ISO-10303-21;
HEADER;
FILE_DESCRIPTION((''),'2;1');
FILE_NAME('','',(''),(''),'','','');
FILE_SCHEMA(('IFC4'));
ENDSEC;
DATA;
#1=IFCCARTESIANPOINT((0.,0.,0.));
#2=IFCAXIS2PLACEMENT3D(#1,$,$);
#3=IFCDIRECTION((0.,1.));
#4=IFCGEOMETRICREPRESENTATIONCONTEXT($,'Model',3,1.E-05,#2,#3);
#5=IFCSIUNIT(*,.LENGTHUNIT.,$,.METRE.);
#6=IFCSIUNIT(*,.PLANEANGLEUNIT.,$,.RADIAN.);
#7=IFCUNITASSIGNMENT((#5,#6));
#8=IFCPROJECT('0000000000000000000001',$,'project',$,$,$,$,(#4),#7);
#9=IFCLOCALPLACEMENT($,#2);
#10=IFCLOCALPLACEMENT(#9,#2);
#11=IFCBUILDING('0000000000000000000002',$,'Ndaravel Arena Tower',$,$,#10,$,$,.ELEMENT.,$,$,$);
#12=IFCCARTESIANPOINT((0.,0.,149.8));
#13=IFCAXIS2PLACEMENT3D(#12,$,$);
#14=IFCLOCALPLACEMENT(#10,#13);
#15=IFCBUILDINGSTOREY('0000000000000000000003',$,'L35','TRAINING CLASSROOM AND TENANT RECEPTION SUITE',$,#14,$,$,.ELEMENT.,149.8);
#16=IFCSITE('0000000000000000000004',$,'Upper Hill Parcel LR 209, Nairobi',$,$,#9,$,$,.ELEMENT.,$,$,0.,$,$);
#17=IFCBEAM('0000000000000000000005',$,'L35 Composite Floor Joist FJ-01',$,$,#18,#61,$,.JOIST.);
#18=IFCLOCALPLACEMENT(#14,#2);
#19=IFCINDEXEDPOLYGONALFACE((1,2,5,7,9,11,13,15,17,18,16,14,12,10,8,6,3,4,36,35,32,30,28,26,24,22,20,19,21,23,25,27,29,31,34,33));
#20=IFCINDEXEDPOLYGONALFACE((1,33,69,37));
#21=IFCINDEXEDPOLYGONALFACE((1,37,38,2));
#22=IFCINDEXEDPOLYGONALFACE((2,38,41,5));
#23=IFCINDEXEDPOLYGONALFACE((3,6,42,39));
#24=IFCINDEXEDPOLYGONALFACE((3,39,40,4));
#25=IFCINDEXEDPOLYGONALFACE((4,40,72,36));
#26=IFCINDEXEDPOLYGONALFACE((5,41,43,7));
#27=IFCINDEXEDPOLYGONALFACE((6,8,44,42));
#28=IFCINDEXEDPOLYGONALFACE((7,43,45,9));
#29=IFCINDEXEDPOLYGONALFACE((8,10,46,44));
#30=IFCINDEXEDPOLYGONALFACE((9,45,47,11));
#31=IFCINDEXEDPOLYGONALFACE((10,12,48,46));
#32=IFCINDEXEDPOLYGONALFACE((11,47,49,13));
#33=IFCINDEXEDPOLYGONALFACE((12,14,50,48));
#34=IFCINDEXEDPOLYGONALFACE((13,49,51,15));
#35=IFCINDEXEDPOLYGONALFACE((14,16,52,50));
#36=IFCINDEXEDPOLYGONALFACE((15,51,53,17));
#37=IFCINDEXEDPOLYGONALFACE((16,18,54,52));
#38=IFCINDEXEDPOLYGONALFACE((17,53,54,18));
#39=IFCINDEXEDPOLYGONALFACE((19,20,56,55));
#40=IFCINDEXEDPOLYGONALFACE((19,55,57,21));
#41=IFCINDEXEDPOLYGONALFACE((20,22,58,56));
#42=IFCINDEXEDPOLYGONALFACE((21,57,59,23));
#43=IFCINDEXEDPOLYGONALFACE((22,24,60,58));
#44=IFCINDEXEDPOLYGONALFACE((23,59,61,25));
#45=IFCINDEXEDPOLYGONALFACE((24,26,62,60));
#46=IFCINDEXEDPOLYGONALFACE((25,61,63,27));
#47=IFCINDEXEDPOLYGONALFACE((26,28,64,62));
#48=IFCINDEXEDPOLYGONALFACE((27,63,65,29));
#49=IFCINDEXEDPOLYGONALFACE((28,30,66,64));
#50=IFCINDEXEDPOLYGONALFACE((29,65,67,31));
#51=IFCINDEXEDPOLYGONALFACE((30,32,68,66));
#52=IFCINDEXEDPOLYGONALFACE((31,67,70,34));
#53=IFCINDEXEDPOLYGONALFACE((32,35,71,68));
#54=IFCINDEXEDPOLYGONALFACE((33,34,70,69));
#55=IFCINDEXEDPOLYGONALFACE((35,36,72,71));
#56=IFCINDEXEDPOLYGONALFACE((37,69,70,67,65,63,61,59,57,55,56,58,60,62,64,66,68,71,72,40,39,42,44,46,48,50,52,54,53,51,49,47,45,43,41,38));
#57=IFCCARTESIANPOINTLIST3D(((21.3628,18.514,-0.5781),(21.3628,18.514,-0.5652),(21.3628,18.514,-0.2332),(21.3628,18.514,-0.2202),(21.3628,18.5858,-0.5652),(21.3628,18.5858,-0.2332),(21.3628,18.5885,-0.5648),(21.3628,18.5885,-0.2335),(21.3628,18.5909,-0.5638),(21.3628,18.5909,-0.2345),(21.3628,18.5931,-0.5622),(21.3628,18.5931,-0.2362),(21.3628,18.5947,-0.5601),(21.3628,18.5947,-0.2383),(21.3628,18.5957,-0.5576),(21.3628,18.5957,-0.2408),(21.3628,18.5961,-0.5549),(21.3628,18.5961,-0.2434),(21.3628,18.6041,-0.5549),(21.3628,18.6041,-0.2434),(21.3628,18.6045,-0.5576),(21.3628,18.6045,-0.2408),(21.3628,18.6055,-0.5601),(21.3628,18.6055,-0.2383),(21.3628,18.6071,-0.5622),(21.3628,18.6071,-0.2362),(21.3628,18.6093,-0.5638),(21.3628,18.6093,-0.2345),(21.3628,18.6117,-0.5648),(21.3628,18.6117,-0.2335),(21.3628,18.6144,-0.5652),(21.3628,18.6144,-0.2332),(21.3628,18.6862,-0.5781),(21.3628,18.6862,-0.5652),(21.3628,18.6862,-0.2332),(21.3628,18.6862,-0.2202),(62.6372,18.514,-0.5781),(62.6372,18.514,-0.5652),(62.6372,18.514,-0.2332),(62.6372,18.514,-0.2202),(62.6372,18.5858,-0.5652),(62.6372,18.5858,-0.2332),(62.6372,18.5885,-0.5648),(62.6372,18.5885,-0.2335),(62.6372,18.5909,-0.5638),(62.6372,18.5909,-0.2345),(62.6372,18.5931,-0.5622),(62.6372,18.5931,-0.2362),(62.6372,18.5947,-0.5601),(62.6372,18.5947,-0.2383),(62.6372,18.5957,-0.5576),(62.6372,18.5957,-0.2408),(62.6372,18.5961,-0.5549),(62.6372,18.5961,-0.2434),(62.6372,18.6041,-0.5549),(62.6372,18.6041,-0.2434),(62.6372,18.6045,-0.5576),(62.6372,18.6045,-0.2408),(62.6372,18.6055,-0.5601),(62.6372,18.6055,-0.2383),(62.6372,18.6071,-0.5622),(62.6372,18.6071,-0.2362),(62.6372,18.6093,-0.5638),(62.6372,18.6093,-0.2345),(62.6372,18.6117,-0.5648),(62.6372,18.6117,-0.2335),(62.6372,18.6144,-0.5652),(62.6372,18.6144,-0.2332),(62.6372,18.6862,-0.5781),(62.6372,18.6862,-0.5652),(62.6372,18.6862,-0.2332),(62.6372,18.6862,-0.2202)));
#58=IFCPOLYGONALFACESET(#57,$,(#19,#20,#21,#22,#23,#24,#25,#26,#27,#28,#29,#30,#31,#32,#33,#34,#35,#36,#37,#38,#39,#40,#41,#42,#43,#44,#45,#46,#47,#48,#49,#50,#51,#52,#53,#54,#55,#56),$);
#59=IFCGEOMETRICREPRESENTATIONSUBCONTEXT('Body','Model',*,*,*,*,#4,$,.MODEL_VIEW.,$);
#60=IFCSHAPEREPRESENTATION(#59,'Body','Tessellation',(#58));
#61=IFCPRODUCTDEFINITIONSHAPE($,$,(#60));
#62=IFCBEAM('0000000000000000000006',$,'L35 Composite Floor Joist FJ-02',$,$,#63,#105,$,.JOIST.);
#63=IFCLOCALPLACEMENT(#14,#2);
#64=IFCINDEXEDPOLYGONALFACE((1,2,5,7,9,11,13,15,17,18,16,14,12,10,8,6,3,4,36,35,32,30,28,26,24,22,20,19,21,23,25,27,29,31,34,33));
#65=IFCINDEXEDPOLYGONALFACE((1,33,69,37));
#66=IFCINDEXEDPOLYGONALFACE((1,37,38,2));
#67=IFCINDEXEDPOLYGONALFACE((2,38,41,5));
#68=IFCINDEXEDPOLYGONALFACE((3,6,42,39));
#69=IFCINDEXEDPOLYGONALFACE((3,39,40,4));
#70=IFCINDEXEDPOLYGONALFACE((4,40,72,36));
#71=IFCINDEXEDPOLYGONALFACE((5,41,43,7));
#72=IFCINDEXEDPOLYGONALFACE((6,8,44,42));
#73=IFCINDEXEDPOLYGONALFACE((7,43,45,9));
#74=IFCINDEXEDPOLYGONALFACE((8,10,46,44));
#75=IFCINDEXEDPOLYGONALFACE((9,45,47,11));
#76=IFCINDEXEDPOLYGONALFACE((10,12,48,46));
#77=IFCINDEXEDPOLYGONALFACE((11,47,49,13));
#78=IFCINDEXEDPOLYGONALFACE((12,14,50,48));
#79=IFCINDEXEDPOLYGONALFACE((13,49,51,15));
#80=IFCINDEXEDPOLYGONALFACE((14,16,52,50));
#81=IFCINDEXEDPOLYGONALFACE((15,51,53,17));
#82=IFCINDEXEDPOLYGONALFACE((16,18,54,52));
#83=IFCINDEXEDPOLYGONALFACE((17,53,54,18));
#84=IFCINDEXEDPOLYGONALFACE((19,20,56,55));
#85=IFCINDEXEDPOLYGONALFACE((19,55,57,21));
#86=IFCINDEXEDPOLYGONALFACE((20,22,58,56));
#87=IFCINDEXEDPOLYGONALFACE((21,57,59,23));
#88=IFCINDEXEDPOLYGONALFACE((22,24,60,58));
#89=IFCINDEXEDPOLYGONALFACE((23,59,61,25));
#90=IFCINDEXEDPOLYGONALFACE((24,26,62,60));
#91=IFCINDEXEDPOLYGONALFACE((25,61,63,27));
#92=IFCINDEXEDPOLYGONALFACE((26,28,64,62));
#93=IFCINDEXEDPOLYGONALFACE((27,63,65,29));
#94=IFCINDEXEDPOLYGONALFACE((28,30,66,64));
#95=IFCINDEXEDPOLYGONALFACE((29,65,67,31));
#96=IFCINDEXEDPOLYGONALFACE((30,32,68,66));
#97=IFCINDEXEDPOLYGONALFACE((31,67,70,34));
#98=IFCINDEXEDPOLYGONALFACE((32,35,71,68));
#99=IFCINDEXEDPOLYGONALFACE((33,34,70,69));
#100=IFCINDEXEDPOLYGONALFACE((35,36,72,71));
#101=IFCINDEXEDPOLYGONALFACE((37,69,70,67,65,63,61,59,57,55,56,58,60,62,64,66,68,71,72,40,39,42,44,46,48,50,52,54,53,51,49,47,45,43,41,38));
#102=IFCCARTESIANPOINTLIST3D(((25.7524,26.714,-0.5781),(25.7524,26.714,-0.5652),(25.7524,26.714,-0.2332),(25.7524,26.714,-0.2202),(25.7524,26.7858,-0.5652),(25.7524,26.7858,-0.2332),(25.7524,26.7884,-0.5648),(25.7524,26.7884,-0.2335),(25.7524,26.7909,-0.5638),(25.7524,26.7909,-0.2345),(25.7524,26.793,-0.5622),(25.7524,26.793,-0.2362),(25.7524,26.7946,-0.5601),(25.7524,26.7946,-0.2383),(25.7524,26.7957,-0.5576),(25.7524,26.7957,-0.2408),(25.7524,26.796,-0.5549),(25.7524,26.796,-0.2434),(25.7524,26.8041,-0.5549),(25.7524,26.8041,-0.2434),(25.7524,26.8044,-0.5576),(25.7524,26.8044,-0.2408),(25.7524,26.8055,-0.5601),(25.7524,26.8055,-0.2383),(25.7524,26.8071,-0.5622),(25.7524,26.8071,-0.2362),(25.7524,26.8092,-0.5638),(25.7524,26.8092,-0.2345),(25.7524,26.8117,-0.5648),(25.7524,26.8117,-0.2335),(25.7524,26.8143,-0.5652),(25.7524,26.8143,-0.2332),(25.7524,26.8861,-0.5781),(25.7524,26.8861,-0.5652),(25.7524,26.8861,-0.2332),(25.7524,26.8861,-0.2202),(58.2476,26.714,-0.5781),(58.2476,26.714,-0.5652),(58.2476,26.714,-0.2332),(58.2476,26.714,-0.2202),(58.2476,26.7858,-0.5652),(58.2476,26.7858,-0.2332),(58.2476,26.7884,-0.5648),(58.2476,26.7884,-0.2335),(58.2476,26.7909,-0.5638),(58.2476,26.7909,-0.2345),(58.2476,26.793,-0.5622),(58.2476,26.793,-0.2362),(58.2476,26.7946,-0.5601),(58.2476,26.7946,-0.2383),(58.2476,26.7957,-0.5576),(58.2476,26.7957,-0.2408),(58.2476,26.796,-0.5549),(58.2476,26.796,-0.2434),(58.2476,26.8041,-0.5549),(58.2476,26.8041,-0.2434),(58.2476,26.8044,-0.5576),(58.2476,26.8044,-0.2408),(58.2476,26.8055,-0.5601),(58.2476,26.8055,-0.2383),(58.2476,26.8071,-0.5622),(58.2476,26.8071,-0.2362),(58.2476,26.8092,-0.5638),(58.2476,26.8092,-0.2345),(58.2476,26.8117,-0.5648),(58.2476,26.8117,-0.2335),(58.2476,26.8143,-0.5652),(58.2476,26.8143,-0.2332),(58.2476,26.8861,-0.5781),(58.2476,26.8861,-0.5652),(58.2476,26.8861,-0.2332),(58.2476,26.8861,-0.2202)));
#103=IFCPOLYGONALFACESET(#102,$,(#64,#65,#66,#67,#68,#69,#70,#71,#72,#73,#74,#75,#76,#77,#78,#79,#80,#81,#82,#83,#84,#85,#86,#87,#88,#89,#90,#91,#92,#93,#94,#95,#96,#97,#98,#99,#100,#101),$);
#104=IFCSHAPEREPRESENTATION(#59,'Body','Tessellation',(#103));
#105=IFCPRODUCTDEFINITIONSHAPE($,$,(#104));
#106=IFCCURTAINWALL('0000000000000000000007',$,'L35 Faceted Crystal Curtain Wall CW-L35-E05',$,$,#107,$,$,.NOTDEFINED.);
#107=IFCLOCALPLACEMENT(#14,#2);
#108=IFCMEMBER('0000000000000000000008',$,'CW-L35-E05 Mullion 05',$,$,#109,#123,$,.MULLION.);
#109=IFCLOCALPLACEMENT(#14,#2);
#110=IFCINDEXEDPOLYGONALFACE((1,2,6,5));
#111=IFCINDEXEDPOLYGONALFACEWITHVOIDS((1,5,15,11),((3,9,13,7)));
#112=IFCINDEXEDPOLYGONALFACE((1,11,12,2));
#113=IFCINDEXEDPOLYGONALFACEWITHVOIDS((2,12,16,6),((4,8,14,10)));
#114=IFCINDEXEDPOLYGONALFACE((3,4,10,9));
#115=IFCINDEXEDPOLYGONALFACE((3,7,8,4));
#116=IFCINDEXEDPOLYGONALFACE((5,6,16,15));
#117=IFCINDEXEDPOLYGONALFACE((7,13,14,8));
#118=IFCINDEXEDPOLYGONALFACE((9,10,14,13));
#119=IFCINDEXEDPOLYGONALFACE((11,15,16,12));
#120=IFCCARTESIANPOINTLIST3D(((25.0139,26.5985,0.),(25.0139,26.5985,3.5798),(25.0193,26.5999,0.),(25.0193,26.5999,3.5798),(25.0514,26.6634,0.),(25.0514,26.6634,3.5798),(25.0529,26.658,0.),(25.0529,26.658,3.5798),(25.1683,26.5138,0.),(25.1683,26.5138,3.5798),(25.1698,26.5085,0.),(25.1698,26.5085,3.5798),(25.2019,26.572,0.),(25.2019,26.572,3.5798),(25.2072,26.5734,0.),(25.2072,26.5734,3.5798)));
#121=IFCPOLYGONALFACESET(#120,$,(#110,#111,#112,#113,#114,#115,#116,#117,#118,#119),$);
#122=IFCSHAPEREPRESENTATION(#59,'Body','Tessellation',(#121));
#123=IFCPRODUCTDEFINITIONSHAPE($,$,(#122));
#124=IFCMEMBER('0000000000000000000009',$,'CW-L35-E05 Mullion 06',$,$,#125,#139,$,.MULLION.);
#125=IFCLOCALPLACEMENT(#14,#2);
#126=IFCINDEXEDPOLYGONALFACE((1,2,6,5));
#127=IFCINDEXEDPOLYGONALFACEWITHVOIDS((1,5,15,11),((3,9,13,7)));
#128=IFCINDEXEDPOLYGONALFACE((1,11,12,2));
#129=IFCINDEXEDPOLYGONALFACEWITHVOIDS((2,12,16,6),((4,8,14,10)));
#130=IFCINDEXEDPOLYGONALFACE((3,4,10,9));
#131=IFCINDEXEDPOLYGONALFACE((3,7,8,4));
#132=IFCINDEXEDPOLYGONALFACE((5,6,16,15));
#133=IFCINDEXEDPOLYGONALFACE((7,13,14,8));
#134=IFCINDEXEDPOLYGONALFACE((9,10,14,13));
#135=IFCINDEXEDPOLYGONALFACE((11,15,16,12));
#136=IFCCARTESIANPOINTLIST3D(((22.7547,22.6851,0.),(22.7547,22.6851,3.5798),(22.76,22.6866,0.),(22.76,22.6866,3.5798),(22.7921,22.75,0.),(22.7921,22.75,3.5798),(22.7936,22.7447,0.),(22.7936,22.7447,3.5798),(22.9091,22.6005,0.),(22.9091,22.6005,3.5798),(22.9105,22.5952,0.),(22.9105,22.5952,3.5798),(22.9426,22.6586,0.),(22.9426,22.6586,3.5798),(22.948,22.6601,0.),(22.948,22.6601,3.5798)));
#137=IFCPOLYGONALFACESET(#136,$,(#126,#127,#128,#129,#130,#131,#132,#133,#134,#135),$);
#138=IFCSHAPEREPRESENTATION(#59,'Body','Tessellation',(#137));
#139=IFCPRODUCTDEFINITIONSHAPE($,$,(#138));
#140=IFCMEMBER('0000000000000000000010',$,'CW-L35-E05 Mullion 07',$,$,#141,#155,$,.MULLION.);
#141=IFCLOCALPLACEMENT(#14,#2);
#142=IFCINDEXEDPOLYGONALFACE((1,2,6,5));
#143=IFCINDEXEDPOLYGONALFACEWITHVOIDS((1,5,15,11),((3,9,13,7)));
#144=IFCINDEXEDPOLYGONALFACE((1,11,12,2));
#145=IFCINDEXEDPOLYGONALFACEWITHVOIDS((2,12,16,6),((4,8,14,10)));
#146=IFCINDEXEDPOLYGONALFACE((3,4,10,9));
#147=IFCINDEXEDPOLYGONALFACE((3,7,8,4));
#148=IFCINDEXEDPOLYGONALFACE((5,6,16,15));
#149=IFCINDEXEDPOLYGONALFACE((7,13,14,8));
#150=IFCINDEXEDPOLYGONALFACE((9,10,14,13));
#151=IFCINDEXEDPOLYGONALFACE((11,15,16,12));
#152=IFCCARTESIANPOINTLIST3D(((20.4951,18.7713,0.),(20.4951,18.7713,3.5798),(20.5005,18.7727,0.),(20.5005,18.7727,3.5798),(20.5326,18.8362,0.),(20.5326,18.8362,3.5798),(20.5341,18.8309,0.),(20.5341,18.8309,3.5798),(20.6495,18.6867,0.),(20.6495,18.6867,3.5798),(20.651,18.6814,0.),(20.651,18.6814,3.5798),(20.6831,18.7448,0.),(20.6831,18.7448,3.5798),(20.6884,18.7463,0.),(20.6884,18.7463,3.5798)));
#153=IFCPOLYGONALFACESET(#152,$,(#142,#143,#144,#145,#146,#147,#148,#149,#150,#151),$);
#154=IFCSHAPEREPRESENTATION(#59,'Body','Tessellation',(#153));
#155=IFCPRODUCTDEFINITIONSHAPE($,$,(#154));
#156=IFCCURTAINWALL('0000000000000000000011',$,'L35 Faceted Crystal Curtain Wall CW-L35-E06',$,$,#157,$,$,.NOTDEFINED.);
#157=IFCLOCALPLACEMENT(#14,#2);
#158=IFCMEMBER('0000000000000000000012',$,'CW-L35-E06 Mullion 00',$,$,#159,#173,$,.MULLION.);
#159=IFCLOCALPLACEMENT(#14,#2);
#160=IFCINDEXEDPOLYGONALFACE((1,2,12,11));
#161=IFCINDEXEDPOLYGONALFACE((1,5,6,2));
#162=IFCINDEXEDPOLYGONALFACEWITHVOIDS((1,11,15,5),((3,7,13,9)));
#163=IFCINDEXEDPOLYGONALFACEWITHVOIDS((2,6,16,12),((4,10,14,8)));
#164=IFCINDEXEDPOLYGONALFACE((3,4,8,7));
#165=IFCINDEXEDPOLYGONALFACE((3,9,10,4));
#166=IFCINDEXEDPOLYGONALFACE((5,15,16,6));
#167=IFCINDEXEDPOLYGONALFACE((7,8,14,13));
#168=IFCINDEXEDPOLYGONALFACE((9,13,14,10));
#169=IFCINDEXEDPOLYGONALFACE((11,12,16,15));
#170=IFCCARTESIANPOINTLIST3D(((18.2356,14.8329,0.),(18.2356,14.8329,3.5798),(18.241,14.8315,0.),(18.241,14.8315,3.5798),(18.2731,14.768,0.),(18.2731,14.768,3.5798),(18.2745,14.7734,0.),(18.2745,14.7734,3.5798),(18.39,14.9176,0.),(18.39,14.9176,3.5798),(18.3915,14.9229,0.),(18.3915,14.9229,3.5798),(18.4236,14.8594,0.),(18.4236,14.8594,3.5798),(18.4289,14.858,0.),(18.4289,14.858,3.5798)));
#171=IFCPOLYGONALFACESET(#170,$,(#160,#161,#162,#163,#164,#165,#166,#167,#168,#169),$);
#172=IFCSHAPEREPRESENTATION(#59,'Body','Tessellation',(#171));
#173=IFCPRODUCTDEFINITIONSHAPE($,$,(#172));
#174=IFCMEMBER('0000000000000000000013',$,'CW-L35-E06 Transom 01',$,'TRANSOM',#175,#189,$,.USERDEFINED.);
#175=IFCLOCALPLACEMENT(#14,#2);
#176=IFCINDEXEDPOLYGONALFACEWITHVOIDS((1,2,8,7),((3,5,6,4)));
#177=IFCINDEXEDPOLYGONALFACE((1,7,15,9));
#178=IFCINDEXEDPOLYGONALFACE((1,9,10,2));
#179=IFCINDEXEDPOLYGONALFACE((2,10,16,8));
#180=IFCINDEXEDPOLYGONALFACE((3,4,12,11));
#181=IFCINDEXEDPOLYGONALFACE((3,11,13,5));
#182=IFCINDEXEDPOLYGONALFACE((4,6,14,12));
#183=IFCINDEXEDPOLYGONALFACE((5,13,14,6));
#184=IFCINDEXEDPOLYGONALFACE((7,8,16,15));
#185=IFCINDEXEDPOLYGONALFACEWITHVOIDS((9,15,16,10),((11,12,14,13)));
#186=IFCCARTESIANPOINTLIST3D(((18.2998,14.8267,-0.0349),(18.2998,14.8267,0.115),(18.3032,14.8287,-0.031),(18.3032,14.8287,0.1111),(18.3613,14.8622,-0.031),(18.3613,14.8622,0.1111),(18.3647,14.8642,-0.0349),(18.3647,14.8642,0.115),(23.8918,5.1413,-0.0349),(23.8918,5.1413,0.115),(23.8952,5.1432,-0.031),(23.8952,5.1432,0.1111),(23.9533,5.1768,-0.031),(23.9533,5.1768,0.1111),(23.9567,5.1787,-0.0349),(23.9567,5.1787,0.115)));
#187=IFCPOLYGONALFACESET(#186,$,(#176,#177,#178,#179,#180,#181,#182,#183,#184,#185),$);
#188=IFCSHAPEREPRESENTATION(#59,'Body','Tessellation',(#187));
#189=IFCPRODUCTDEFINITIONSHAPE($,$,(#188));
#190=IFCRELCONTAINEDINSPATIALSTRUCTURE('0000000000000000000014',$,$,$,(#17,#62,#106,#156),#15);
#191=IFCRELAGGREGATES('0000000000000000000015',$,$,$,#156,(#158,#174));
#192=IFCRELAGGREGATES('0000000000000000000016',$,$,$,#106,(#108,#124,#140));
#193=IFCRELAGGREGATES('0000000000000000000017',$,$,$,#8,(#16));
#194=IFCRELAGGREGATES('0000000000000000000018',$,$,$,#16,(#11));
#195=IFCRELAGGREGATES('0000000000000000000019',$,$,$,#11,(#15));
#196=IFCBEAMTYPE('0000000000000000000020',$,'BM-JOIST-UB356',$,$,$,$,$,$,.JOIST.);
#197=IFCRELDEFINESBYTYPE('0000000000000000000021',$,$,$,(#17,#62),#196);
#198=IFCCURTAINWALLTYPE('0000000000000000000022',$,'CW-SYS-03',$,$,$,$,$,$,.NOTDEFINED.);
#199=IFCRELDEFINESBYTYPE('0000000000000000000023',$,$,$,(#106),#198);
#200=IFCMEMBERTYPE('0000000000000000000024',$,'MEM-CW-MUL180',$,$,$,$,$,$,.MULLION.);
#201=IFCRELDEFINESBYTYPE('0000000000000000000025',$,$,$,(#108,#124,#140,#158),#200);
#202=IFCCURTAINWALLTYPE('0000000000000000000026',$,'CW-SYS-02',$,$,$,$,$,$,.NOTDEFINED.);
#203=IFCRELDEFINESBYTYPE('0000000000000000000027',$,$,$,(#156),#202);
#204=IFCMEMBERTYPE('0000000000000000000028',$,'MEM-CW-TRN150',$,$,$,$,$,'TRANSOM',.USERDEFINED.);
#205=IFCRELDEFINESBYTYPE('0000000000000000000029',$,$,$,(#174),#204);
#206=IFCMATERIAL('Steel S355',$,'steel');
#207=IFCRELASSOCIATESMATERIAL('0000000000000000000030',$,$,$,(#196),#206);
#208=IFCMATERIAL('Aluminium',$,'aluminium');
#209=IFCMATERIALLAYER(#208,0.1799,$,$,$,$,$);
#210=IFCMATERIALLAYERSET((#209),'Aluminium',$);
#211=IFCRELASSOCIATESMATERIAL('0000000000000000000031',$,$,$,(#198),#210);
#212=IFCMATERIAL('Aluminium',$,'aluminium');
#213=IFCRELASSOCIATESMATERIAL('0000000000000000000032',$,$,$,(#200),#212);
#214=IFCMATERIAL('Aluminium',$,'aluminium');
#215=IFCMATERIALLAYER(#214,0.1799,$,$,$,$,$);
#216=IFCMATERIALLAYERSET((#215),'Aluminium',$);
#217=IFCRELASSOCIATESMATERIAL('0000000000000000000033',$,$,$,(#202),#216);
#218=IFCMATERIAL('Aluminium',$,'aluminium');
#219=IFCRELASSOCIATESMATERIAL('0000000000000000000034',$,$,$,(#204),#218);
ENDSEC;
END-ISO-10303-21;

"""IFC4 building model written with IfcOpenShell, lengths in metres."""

from ifc_helpers import new_model, si_unit, direction, frame, origin, origin_2d, place, context, subcontext, project, spatial, hollow_rectangle, i_section, extrude, material, layer, layer_set, material_profile, profile_set, type_object, element, aggregate, save


model = new_model("IFC4")

# Units and contexts
model_context = context("Model", 3, precision=1e-05, world=origin(), true_north=direction((0.0, 1.0)))
body_context = subcontext(model_context, "Body", "Model", "MODEL_VIEW")
ifc_project = project(units=[si_unit("LENGTHUNIT", "METRE"), si_unit("PLANEANGLEUNIT", "RADIAN")], contexts=[model_context])

# Site, building, storey
site_placement = place(None, origin())
site = spatial("IfcSite", under=ifc_project, at=site_placement, Name="Upper Hill Parcel LR 209, Nairobi", CompositionType="ELEMENT", RefElevation=0.0)
building_placement = place(site_placement, origin())
building = spatial("IfcBuilding", under=site, at=building_placement, Name="Ndaravel Arena Tower", CompositionType="ELEMENT")
storey_placement = place(building_placement, frame((0.0, 0.0, 149.8)))
storey = spatial("IfcBuildingStorey", under=building, at=storey_placement, Name="L35", Description="TRAINING CLASSROOM AND TENANT RECEPTION SUITE", CompositionType="ELEMENT", Elevation=149.8)

# Beams
ifc_material_1 = material(Name="Steel S355", Category="steel")
ifc_material_profile_1 = material_profile(ifc_material_1, i_section(OverallWidth=0.1721, OverallDepth=0.3579, WebThickness=0.0081, FlangeThickness=0.0129, FilletRadius=0.0103, at=origin_2d()), Name="UB 356x171x57")
ifc_profile_set_1 = profile_set([ifc_material_profile_1], Name="Steel S355")
beam_type = type_object("IfcBeamType", Name="BM-JOIST-UB356", PredefinedType="JOIST", material=ifc_profile_set_1)
beam_1_placement = place(storey_placement, frame((21.3628, 18.6001, -0.3992), z_axis=(1.0, 0.0, 0.0), x_axis=(0.0, 1.0, 0.0)))
element("IfcBeam", 1, at=beam_1_placement, inside=storey, type_object=beam_type, Name="L35 Composite Floor Joist FJ-01", PredefinedType="JOIST", context=body_context, shape_type="SweptSolid", body=[
    extrude(i_section(OverallWidth=0.1721, OverallDepth=0.3579, WebThickness=0.0081, FlangeThickness=0.0129, FilletRadius=0.0103, at=origin_2d()), origin(), (0.0, 0.0, 1.0), 41.2744),
])
beam_2_placement = place(storey_placement, frame((25.7524, 26.8, -0.3992), z_axis=(1.0, 0.0, 0.0), x_axis=(0.0, 1.0, 0.0)))
element("IfcBeam", 2, at=beam_2_placement, inside=storey, type_object=beam_type, Name="L35 Composite Floor Joist FJ-02", PredefinedType="JOIST", context=body_context, shape_type="SweptSolid", body=[
    extrude(i_section(OverallWidth=0.1721, OverallDepth=0.3579, WebThickness=0.0081, FlangeThickness=0.0129, FilletRadius=0.0103, at=origin_2d()), origin(), (0.0, 0.0, 1.0), 32.4951),
])

# Curtain walls, members
ifc_material_2 = material(Name="Aluminium", Category="aluminium")
ifc_layer_1 = layer(ifc_material_2, 0.1799)
ifc_layer_set_1 = layer_set([ifc_layer_1], Name="Aluminium")
curtain_wall_type_1 = type_object("IfcCurtainWallType", Name="CW-SYS-03", PredefinedType="NOTDEFINED", material=ifc_layer_set_1)
curtain_wall_1_placement = place(storey_placement, origin())
curtain_wall_1 = element("IfcCurtainWall", 3, at=curtain_wall_1_placement, inside=storey, type_object=curtain_wall_type_1, Name="L35 Faceted Crystal Curtain Wall CW-L35-E05", PredefinedType="NOTDEFINED")
ifc_material_3 = material(Name="Aluminium", Category="aluminium")
ifc_material_profile_2 = material_profile(ifc_material_3, hollow_rectangle(XDim=0.075, YDim=0.1799, WallThickness=0.0039, at=origin_2d()), Name="CW MULLION 75x180x4")
ifc_profile_set_2 = profile_set([ifc_material_profile_2], Name="Aluminium")
member_type_1 = type_object("IfcMemberType", Name="MEM-CW-MUL180", PredefinedType="MULLION", material=ifc_profile_set_2)
member_1_placement = place(storey_placement, frame((25.1106, 26.5859, 0.0), z_axis=(0.0, 0.0, 1.0), x_axis=(-0.5, -0.866025, 0.0)))
member_1 = element("IfcMember", 4, at=member_1_placement, type_object=member_type_1, Name="CW-L35-E05 Mullion 05", PredefinedType="MULLION", context=body_context, shape_type="SweptSolid", body=[
    extrude(hollow_rectangle(XDim=0.075, YDim=0.1799, WallThickness=0.0039, at=origin_2d()), origin(), (0.0, 0.0, 1.0), 3.5798),
])
member_2_placement = place(storey_placement, frame((22.8513, 22.6726, 0.0), z_axis=(0.0, 0.0, 1.0), x_axis=(-0.5, -0.866025, 0.0)))
member_2 = element("IfcMember", 5, at=member_2_placement, type_object=member_type_1, Name="CW-L35-E05 Mullion 06", PredefinedType="MULLION", context=body_context, shape_type="SweptSolid", body=[
    extrude(hollow_rectangle(XDim=0.075, YDim=0.1799, WallThickness=0.0039, at=origin_2d()), origin(), (0.0, 0.0, 1.0), 3.5798),
])
member_3_placement = place(storey_placement, frame((20.5918, 18.7588, 0.0), z_axis=(0.0, 0.0, 1.0), x_axis=(-0.5, -0.866025, 0.0)))
member_3 = element("IfcMember", 6, at=member_3_placement, type_object=member_type_1, Name="CW-L35-E05 Mullion 07", PredefinedType="MULLION", context=body_context, shape_type="SweptSolid", body=[
    extrude(hollow_rectangle(XDim=0.075, YDim=0.1799, WallThickness=0.0039, at=origin_2d()), origin(), (0.0, 0.0, 1.0), 3.5798),
])
ifc_material_4 = material(Name="Aluminium", Category="aluminium")
ifc_layer_2 = layer(ifc_material_4, 0.1799)
ifc_layer_set_2 = layer_set([ifc_layer_2], Name="Aluminium")
curtain_wall_type_2 = type_object("IfcCurtainWallType", Name="CW-SYS-02", PredefinedType="NOTDEFINED", material=ifc_layer_set_2)
curtain_wall_2_placement = place(storey_placement, origin())
curtain_wall_2 = element("IfcCurtainWall", 7, at=curtain_wall_2_placement, inside=storey, type_object=curtain_wall_type_2, Name="L35 Faceted Crystal Curtain Wall CW-L35-E06", PredefinedType="NOTDEFINED")
member_4_placement = place(storey_placement, frame((18.3323, 14.8455, 0.0), z_axis=(0.0, 0.0, 1.0), x_axis=(0.5, -0.866025, 0.0)))
member_4 = element("IfcMember", 8, at=member_4_placement, type_object=member_type_1, Name="CW-L35-E06 Mullion 00", PredefinedType="MULLION", context=body_context, shape_type="SweptSolid", body=[
    extrude(hollow_rectangle(XDim=0.075, YDim=0.1799, WallThickness=0.0039, at=origin_2d()), origin(), (0.0, 0.0, 1.0), 3.5798),
])
ifc_material_5 = material(Name="Aluminium", Category="aluminium")
ifc_material_profile_3 = material_profile(ifc_material_5, hollow_rectangle(XDim=0.075, YDim=0.1499, WallThickness=0.0039, at=origin_2d()), Name="CW TRANSOM 75x150x4")
ifc_profile_set_3 = profile_set([ifc_material_profile_3], Name="Aluminium")
member_type_2 = type_object("IfcMemberType", Name="MEM-CW-TRN150", ElementType="TRANSOM", PredefinedType="USERDEFINED", material=ifc_profile_set_3)
member_5_placement = place(storey_placement, frame((18.3323, 14.8455, 0.04), z_axis=(0.500006, -0.866022, 0.0), x_axis=(0.866022, 0.500006, 0.0)))
member_5 = element("IfcMember", 9, at=member_5_placement, type_object=member_type_2, Name="CW-L35-E06 Transom 01", ObjectType="TRANSOM", PredefinedType="USERDEFINED", context=body_context, shape_type="SweptSolid", body=[
    extrude(hollow_rectangle(XDim=0.075, YDim=0.1499, WallThickness=0.0039, at=origin_2d()), origin(), (0.0, 0.0, 1.0), 11.1838),
])
aggregate(curtain_wall_2, [member_4, member_5])

aggregate(curtain_wall_1, [member_1, member_2, member_3])

save(model, "model.ifc")
